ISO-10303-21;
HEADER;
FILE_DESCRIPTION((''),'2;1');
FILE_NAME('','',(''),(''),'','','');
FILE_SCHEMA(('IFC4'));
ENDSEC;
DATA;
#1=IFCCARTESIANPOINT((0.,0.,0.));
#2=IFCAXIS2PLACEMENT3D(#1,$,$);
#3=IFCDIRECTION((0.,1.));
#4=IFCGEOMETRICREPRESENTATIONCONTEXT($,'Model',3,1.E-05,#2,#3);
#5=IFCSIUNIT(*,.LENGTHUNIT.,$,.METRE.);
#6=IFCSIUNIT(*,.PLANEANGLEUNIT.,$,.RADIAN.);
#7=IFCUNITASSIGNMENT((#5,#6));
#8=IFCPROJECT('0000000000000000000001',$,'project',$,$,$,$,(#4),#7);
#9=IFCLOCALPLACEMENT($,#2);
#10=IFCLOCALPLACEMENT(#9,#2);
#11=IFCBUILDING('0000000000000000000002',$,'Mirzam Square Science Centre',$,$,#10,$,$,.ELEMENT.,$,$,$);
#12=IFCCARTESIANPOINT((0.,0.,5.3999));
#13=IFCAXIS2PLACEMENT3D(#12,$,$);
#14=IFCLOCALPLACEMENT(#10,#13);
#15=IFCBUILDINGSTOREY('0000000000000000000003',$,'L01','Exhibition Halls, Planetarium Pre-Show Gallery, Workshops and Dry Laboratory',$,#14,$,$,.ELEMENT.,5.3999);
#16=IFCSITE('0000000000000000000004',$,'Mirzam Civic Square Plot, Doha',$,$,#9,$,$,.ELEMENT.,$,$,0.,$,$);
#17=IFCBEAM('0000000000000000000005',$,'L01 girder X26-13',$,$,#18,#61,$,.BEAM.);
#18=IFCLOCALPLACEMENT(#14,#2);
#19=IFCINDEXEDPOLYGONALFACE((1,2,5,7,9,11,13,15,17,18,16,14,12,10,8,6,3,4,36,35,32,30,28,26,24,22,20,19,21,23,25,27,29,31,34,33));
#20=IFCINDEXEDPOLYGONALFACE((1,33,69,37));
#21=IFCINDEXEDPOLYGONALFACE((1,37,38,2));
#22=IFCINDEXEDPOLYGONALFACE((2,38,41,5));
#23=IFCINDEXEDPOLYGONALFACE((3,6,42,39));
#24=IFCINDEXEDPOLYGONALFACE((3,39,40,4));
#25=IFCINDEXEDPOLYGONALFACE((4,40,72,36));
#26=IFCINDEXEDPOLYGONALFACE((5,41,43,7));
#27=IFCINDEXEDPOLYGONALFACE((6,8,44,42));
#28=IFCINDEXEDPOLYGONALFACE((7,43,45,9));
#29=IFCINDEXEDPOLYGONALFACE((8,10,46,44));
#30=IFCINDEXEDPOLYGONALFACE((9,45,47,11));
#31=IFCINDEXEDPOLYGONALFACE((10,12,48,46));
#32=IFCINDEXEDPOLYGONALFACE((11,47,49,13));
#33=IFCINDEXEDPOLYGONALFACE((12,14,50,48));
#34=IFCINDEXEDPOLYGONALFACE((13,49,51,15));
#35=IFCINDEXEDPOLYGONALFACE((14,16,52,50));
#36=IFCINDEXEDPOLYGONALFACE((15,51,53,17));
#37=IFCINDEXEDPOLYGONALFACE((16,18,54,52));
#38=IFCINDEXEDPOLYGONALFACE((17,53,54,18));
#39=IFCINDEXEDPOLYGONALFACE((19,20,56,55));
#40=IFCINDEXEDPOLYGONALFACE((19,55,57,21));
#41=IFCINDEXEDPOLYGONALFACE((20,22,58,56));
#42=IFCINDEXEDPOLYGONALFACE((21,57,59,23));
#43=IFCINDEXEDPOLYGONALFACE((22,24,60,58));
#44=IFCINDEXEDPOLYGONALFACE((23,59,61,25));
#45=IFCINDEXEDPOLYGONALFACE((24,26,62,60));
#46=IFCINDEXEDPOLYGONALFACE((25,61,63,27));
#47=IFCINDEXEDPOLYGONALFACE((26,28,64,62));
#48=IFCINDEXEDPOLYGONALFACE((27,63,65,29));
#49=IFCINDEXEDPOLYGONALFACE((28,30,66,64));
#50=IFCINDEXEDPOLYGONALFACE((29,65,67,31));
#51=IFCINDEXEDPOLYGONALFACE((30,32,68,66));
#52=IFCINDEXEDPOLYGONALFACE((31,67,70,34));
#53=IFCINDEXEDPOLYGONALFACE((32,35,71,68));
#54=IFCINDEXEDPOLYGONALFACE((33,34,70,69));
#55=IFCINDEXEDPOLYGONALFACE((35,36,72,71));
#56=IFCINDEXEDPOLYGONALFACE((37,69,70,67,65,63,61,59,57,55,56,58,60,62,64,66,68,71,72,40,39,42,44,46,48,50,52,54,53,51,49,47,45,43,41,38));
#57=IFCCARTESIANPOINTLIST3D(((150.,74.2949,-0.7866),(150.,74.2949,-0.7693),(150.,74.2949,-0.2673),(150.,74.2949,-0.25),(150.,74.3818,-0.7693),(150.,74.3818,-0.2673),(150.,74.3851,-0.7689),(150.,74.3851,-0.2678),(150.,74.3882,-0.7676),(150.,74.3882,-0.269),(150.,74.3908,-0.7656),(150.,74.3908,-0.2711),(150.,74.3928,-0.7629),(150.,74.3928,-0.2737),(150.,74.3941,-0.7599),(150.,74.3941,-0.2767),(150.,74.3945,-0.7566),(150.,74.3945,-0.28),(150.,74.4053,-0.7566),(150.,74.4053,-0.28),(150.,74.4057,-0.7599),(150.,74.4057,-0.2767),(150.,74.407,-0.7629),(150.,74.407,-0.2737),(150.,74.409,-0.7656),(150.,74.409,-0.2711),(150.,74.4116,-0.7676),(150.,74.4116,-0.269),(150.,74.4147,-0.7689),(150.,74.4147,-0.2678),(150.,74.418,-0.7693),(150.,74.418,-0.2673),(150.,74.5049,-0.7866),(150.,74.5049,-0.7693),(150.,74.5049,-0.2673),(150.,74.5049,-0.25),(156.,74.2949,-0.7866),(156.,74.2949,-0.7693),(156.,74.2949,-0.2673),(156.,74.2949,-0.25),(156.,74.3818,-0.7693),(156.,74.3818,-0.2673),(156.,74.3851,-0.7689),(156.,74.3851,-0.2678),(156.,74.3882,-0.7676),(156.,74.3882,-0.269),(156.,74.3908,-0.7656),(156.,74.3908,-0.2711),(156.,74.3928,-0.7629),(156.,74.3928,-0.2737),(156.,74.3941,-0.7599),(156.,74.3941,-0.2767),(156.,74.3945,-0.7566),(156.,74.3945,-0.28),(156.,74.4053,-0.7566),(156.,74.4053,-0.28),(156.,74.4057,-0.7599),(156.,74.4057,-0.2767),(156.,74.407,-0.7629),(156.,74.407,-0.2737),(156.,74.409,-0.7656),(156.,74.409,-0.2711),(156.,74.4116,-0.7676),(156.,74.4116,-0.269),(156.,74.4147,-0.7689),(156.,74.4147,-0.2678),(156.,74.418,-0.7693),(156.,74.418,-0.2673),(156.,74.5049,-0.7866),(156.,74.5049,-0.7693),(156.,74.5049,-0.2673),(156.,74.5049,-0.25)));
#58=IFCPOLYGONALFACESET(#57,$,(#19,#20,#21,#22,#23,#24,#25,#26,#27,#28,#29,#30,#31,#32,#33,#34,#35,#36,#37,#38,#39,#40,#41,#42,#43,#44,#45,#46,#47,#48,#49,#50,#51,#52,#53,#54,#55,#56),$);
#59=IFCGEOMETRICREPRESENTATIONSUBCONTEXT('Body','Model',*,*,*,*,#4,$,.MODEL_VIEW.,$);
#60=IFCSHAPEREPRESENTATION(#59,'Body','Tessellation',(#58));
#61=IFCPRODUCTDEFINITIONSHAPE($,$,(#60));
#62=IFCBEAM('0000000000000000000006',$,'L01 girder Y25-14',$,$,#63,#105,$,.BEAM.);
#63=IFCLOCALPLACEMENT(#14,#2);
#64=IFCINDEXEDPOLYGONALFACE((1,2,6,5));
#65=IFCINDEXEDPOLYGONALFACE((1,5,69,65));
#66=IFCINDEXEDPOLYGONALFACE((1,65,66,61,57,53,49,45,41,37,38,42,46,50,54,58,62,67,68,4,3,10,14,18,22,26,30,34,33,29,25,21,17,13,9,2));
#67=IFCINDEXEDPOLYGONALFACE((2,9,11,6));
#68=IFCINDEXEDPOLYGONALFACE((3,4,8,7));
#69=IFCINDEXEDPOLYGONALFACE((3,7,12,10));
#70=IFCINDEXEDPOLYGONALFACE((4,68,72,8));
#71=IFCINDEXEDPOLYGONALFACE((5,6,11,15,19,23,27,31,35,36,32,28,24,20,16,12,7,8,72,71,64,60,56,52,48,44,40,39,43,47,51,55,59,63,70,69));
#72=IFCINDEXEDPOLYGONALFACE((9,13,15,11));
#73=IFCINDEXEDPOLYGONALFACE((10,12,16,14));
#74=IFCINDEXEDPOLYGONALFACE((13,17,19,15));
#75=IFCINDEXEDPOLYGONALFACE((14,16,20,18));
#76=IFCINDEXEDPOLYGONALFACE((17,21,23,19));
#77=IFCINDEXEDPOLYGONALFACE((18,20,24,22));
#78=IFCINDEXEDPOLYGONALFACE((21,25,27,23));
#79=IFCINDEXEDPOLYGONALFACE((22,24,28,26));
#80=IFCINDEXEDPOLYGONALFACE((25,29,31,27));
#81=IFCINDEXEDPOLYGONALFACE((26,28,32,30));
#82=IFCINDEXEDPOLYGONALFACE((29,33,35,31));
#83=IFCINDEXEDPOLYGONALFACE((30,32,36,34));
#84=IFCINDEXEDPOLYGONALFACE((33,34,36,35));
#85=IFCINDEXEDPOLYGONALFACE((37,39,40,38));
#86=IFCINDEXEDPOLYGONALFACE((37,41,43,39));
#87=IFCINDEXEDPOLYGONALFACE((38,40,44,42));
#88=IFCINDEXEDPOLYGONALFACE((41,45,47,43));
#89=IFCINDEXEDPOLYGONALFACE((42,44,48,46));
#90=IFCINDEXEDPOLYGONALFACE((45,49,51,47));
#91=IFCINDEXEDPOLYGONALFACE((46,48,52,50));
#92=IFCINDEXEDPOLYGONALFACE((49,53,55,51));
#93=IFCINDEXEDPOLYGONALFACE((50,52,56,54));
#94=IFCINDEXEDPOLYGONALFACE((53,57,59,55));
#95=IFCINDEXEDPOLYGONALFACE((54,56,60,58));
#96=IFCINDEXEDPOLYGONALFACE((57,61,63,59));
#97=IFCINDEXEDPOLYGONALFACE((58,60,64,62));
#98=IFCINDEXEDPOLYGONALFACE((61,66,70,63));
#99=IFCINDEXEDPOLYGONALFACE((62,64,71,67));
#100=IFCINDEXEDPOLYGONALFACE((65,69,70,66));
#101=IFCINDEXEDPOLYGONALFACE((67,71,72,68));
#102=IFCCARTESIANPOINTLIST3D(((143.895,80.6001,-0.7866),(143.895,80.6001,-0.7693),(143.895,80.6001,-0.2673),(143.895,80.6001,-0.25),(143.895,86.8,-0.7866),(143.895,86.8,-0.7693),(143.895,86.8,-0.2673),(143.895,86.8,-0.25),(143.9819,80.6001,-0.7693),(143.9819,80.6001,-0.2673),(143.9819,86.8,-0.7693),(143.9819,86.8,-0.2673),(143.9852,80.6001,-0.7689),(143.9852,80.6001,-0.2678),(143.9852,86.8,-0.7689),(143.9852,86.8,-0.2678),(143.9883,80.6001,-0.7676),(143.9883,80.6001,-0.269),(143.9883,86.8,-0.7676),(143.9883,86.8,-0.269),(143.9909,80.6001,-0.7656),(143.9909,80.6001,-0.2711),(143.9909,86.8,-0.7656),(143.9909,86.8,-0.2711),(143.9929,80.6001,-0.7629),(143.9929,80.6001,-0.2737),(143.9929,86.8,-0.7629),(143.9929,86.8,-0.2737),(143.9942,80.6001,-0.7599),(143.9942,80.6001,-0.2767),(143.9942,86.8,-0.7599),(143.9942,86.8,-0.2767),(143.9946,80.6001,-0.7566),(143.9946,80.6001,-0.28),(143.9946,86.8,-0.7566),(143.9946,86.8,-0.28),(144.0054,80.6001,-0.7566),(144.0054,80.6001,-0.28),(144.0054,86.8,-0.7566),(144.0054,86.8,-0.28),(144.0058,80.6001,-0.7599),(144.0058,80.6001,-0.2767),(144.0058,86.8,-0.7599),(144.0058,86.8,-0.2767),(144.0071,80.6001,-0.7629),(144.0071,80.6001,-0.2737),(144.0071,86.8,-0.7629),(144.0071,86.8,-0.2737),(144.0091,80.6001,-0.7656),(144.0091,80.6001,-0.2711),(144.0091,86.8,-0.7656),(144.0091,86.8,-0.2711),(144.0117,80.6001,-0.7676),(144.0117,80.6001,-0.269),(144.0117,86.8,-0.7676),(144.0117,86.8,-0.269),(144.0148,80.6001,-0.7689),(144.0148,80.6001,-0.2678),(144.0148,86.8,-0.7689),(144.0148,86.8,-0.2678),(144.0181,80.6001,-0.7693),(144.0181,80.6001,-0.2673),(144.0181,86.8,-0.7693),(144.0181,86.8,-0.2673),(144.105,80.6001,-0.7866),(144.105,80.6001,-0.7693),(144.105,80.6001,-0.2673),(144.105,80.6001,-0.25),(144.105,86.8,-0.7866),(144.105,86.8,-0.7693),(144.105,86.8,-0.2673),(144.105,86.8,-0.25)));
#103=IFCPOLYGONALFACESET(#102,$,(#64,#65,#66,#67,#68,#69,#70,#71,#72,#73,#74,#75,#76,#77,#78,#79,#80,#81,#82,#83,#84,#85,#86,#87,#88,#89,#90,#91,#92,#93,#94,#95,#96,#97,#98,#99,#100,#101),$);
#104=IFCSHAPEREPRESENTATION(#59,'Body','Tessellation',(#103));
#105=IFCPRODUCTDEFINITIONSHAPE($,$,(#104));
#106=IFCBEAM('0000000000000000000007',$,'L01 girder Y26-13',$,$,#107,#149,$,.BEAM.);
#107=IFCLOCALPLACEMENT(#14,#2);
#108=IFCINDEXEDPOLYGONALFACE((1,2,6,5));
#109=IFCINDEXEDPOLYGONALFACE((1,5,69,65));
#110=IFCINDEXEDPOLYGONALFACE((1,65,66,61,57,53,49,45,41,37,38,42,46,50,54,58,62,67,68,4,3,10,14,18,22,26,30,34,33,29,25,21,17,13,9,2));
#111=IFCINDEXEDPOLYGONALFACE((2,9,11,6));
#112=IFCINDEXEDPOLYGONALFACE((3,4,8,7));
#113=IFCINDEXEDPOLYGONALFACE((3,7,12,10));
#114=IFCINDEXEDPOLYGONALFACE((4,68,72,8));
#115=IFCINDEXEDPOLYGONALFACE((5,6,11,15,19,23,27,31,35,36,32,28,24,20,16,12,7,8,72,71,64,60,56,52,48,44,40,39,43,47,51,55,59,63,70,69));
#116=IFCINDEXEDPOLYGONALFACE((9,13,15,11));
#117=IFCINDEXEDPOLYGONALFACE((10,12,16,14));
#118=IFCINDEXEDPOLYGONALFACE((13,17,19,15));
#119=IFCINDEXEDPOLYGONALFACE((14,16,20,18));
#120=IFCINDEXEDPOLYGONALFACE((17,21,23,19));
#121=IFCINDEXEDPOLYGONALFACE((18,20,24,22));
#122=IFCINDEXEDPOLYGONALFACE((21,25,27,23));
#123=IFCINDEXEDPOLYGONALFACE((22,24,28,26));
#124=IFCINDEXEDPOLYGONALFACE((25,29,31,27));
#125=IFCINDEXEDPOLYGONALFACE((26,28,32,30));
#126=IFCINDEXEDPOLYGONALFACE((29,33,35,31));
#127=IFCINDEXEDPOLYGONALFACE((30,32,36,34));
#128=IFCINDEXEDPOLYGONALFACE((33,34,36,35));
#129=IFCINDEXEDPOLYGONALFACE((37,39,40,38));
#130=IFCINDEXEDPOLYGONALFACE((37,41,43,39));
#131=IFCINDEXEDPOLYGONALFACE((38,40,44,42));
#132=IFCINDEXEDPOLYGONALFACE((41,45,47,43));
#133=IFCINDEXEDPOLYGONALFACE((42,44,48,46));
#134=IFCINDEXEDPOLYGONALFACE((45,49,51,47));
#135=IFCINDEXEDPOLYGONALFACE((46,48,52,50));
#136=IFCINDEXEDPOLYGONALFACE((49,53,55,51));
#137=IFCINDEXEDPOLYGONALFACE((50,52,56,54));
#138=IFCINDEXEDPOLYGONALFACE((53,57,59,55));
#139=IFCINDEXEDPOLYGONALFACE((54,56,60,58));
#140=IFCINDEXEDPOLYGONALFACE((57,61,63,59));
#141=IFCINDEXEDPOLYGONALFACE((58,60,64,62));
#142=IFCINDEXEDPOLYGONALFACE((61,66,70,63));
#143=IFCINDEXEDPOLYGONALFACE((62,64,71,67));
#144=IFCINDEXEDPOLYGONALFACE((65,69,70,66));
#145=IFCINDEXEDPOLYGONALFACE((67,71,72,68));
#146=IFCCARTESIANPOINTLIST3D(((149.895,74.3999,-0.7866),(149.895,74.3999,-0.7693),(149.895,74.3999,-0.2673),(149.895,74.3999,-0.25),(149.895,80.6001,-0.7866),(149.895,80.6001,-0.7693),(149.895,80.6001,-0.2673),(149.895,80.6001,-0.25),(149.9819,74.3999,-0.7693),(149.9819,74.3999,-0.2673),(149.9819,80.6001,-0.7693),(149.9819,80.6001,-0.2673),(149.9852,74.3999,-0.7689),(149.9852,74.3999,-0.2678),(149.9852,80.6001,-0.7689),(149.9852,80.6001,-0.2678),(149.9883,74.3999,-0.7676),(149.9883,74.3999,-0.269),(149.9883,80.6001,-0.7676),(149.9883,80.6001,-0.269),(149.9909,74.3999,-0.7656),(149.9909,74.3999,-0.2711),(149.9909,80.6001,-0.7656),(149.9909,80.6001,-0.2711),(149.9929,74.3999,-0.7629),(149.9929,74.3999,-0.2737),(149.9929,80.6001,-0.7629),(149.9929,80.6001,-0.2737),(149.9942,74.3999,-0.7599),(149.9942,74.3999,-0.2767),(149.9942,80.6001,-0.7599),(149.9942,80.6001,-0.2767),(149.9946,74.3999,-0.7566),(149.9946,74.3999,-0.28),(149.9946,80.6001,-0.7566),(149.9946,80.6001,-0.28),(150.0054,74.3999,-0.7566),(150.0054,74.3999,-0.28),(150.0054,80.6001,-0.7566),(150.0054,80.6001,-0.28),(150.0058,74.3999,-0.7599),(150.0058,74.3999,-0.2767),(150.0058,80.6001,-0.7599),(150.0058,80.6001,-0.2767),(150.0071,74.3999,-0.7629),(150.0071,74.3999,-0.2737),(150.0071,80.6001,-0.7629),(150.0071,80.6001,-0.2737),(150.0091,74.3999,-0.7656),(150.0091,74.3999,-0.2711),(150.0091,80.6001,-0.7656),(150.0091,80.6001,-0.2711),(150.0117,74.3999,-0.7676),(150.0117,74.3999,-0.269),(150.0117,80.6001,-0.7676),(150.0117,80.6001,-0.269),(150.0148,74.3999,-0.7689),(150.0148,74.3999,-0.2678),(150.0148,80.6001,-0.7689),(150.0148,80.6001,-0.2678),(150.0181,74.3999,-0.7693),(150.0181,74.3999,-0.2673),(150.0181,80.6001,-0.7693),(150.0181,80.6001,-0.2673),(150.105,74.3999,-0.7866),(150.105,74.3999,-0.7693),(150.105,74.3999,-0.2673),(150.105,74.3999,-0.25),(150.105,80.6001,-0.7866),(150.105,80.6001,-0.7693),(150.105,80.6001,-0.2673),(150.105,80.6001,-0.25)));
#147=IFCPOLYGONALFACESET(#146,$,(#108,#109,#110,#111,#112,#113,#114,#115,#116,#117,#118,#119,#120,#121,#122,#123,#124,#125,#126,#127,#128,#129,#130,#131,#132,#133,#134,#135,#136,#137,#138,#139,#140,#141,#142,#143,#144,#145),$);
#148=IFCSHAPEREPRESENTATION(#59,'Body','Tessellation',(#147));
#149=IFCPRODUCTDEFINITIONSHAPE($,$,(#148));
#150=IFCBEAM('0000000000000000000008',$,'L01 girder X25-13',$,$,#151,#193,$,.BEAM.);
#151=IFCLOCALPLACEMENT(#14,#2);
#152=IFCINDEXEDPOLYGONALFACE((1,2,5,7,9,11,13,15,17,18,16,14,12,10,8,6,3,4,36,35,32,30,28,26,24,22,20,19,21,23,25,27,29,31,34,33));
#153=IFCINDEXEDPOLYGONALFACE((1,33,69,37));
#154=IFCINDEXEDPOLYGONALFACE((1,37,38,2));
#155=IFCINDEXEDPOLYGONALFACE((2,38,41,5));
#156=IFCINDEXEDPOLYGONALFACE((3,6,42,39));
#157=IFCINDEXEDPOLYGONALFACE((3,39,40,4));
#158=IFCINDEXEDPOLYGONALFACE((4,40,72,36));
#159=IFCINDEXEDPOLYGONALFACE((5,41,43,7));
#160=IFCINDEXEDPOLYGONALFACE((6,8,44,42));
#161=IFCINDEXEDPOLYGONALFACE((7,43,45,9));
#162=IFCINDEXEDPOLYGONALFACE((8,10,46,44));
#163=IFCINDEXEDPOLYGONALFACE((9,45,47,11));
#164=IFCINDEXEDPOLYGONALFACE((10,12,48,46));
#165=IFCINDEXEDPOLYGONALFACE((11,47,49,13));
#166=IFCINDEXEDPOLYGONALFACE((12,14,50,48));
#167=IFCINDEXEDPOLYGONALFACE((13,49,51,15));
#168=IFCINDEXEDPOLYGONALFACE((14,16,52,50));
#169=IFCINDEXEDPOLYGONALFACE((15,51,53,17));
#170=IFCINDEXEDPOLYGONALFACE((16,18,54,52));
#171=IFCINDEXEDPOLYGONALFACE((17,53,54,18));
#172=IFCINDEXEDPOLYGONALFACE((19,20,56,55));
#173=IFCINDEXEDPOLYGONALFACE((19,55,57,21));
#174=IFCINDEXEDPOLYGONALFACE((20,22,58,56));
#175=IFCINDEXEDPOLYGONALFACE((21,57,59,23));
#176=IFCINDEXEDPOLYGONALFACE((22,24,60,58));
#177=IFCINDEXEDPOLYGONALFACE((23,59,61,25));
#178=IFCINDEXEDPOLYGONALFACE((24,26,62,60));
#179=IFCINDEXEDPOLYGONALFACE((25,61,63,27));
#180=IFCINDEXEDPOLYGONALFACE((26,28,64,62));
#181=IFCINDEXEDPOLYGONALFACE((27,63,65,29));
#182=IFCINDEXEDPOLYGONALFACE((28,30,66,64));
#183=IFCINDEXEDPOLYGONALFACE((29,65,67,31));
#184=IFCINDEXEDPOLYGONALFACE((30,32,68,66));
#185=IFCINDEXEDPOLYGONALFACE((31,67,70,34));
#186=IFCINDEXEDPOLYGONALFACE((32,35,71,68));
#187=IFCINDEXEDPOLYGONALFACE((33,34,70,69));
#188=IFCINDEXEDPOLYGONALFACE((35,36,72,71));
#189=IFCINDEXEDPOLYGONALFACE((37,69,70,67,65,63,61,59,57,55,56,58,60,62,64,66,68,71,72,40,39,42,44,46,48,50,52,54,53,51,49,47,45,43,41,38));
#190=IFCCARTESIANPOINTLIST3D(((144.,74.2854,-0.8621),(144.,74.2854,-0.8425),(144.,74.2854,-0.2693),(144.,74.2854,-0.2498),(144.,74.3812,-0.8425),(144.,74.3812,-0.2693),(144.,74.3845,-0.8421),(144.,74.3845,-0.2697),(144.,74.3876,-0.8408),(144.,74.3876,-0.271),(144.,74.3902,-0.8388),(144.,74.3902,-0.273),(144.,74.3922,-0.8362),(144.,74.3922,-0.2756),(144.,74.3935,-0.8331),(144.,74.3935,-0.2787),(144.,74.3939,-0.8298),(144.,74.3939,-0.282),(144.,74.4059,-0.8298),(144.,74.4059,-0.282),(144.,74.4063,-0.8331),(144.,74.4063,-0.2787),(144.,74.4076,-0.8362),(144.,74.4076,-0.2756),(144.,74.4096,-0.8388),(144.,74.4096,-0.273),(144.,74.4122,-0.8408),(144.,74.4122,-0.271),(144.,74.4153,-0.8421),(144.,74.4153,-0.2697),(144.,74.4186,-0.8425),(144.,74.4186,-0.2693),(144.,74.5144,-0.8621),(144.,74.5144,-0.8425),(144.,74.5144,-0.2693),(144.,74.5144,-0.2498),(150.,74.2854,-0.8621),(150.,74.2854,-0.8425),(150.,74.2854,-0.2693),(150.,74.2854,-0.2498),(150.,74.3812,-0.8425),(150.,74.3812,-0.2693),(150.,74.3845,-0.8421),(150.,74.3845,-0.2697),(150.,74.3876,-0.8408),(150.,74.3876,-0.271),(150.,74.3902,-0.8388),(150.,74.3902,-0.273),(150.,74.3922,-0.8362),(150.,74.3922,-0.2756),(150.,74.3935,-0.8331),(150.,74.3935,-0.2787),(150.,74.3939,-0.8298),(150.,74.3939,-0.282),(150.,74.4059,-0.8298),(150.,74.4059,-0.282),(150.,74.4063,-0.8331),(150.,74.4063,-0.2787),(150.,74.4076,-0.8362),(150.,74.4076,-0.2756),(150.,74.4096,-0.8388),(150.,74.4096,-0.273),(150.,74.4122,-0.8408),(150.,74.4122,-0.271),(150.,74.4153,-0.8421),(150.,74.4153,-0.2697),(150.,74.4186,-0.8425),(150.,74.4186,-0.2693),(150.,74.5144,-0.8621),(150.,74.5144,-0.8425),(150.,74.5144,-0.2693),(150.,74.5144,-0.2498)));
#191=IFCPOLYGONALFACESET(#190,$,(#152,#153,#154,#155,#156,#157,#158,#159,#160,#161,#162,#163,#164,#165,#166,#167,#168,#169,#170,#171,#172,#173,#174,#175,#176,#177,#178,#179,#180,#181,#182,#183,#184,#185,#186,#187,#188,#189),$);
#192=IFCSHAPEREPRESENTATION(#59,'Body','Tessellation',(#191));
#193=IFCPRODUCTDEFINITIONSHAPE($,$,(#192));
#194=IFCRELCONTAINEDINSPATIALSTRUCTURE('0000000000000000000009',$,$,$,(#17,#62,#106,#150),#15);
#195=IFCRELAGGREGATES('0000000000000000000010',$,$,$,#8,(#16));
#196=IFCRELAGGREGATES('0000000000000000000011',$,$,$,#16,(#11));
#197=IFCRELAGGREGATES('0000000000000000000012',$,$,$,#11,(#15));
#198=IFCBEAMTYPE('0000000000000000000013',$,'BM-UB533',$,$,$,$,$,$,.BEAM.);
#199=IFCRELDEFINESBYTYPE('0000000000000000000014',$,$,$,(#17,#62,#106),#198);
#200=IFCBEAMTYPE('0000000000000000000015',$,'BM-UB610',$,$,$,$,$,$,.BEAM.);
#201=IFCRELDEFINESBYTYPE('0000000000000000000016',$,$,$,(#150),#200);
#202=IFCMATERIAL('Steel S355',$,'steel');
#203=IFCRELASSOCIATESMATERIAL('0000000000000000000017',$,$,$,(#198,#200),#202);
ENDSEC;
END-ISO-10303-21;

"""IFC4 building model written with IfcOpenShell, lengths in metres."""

from ifc_helpers import new_model, si_unit, direction, frame, origin, origin_2d, place, context, subcontext, project, spatial, i_section, extrude, material, material_profile, profile_set, type_object, element, save


model = new_model("IFC4")

# Units and contexts
model_context = context("Model", 3, precision=1e-05, world=origin(), true_north=direction((0.0, 1.0)))
body_context = subcontext(model_context, "Body", "Model", "MODEL_VIEW")
ifc_project = project(units=[si_unit("LENGTHUNIT", "METRE"), si_unit("PLANEANGLEUNIT", "RADIAN")], contexts=[model_context])

# Site, building, storey
site_placement = place(None, origin())
site = spatial("IfcSite", under=ifc_project, at=site_placement, Name="Mirzam Civic Square Plot, Doha", CompositionType="ELEMENT", RefElevation=0.0)
building_placement = place(site_placement, origin())
building = spatial("IfcBuilding", under=site, at=building_placement, Name="Mirzam Square Science Centre", CompositionType="ELEMENT")
storey_placement = place(building_placement, frame((0.0, 0.0, 5.3999)))
storey = spatial("IfcBuildingStorey", under=building, at=storey_placement, Name="L01", Description="Exhibition Halls, Planetarium Pre-Show Gallery, Workshops and Dry Laboratory", CompositionType="ELEMENT", Elevation=5.3999)

# Shared definitions
ifc_material_1 = material(Name="Steel S355", Category="steel")

# Beams
ifc_material_profile_1 = material_profile(ifc_material_1, i_section(OverallWidth=0.21, OverallDepth=0.5366, WebThickness=0.0107, FlangeThickness=0.0173, FilletRadius=0.0127, at=origin_2d()), Name="533x210x101UB")
ifc_profile_set_1 = profile_set([ifc_material_profile_1], Name="Steel S355")
beam_type_1 = type_object("IfcBeamType", Name="BM-UB533", PredefinedType="BEAM", material=ifc_profile_set_1)
beam_1_placement = place(storey_placement, frame((150.0, 74.3999, -0.5183), z_axis=(1.0, 0.0, 0.0), x_axis=(0.0, 1.0, 0.0)))
element("IfcBeam", 1, at=beam_1_placement, inside=storey, type_object=beam_type_1, Name="L01 girder X26-13", PredefinedType="BEAM", context=body_context, shape_type="SweptSolid", body=[
    extrude(i_section(OverallWidth=0.21, OverallDepth=0.5366, WebThickness=0.0107, FlangeThickness=0.0173, FilletRadius=0.0127, at=origin_2d()), origin(), (0.0, 0.0, 1.0), 6.0),
])
beam_2_placement = place(storey_placement, frame((144.0, 80.6001, -0.5183), z_axis=(0.0, 1.0, 0.0), x_axis=(-1.0, 0.0, 0.0)))
element("IfcBeam", 2, at=beam_2_placement, inside=storey, type_object=beam_type_1, Name="L01 girder Y25-14", PredefinedType="BEAM", context=body_context, shape_type="SweptSolid", body=[
    extrude(i_section(OverallWidth=0.21, OverallDepth=0.5366, WebThickness=0.0107, FlangeThickness=0.0173, FilletRadius=0.0127, at=origin_2d()), origin(), (0.0, 0.0, 1.0), 6.2),
])
beam_3_placement = place(storey_placement, frame((150.0, 74.3999, -0.5183), z_axis=(0.0, 1.0, 0.0), x_axis=(-1.0, 0.0, 0.0)))
element("IfcBeam", 3, at=beam_3_placement, inside=storey, type_object=beam_type_1, Name="L01 girder Y26-13", PredefinedType="BEAM", context=body_context, shape_type="SweptSolid", body=[
    extrude(i_section(OverallWidth=0.21, OverallDepth=0.5366, WebThickness=0.0107, FlangeThickness=0.0173, FilletRadius=0.0127, at=origin_2d()), origin(), (0.0, 0.0, 1.0), 6.2002),
])
ifc_material_profile_2 = material_profile(ifc_material_1, i_section(OverallWidth=0.229, OverallDepth=0.6123, WebThickness=0.012, FlangeThickness=0.0195, FilletRadius=0.0127, at=origin_2d()), Name="610x229x125UB")
ifc_profile_set_2 = profile_set([ifc_material_profile_2], Name="Steel S355")
beam_type_2 = type_object("IfcBeamType", Name="BM-UB610", PredefinedType="BEAM", material=ifc_profile_set_2)
for number, where, z_axis, x_axis, name in (
    (4, (144.0, 74.3999, -0.5559), (1.0, 0.0, 0.0), (0.0, 1.0, 0.0), "L01 girder X25-13"),
):
    element("IfcBeam", number, at=place(storey_placement, frame(where, z_axis=z_axis, x_axis=x_axis)), inside=storey, type_object=beam_type_2, Name=name, PredefinedType="BEAM", context=body_context, shape_type="SweptSolid", body=[
        extrude(i_section(OverallWidth=0.229, OverallDepth=0.6123, WebThickness=0.012, FlangeThickness=0.0195, FilletRadius=0.0127, at=origin_2d()), origin(), (0.0, 0.0, 1.0), 6.0),
    ])

save(model, "model.ifc")
